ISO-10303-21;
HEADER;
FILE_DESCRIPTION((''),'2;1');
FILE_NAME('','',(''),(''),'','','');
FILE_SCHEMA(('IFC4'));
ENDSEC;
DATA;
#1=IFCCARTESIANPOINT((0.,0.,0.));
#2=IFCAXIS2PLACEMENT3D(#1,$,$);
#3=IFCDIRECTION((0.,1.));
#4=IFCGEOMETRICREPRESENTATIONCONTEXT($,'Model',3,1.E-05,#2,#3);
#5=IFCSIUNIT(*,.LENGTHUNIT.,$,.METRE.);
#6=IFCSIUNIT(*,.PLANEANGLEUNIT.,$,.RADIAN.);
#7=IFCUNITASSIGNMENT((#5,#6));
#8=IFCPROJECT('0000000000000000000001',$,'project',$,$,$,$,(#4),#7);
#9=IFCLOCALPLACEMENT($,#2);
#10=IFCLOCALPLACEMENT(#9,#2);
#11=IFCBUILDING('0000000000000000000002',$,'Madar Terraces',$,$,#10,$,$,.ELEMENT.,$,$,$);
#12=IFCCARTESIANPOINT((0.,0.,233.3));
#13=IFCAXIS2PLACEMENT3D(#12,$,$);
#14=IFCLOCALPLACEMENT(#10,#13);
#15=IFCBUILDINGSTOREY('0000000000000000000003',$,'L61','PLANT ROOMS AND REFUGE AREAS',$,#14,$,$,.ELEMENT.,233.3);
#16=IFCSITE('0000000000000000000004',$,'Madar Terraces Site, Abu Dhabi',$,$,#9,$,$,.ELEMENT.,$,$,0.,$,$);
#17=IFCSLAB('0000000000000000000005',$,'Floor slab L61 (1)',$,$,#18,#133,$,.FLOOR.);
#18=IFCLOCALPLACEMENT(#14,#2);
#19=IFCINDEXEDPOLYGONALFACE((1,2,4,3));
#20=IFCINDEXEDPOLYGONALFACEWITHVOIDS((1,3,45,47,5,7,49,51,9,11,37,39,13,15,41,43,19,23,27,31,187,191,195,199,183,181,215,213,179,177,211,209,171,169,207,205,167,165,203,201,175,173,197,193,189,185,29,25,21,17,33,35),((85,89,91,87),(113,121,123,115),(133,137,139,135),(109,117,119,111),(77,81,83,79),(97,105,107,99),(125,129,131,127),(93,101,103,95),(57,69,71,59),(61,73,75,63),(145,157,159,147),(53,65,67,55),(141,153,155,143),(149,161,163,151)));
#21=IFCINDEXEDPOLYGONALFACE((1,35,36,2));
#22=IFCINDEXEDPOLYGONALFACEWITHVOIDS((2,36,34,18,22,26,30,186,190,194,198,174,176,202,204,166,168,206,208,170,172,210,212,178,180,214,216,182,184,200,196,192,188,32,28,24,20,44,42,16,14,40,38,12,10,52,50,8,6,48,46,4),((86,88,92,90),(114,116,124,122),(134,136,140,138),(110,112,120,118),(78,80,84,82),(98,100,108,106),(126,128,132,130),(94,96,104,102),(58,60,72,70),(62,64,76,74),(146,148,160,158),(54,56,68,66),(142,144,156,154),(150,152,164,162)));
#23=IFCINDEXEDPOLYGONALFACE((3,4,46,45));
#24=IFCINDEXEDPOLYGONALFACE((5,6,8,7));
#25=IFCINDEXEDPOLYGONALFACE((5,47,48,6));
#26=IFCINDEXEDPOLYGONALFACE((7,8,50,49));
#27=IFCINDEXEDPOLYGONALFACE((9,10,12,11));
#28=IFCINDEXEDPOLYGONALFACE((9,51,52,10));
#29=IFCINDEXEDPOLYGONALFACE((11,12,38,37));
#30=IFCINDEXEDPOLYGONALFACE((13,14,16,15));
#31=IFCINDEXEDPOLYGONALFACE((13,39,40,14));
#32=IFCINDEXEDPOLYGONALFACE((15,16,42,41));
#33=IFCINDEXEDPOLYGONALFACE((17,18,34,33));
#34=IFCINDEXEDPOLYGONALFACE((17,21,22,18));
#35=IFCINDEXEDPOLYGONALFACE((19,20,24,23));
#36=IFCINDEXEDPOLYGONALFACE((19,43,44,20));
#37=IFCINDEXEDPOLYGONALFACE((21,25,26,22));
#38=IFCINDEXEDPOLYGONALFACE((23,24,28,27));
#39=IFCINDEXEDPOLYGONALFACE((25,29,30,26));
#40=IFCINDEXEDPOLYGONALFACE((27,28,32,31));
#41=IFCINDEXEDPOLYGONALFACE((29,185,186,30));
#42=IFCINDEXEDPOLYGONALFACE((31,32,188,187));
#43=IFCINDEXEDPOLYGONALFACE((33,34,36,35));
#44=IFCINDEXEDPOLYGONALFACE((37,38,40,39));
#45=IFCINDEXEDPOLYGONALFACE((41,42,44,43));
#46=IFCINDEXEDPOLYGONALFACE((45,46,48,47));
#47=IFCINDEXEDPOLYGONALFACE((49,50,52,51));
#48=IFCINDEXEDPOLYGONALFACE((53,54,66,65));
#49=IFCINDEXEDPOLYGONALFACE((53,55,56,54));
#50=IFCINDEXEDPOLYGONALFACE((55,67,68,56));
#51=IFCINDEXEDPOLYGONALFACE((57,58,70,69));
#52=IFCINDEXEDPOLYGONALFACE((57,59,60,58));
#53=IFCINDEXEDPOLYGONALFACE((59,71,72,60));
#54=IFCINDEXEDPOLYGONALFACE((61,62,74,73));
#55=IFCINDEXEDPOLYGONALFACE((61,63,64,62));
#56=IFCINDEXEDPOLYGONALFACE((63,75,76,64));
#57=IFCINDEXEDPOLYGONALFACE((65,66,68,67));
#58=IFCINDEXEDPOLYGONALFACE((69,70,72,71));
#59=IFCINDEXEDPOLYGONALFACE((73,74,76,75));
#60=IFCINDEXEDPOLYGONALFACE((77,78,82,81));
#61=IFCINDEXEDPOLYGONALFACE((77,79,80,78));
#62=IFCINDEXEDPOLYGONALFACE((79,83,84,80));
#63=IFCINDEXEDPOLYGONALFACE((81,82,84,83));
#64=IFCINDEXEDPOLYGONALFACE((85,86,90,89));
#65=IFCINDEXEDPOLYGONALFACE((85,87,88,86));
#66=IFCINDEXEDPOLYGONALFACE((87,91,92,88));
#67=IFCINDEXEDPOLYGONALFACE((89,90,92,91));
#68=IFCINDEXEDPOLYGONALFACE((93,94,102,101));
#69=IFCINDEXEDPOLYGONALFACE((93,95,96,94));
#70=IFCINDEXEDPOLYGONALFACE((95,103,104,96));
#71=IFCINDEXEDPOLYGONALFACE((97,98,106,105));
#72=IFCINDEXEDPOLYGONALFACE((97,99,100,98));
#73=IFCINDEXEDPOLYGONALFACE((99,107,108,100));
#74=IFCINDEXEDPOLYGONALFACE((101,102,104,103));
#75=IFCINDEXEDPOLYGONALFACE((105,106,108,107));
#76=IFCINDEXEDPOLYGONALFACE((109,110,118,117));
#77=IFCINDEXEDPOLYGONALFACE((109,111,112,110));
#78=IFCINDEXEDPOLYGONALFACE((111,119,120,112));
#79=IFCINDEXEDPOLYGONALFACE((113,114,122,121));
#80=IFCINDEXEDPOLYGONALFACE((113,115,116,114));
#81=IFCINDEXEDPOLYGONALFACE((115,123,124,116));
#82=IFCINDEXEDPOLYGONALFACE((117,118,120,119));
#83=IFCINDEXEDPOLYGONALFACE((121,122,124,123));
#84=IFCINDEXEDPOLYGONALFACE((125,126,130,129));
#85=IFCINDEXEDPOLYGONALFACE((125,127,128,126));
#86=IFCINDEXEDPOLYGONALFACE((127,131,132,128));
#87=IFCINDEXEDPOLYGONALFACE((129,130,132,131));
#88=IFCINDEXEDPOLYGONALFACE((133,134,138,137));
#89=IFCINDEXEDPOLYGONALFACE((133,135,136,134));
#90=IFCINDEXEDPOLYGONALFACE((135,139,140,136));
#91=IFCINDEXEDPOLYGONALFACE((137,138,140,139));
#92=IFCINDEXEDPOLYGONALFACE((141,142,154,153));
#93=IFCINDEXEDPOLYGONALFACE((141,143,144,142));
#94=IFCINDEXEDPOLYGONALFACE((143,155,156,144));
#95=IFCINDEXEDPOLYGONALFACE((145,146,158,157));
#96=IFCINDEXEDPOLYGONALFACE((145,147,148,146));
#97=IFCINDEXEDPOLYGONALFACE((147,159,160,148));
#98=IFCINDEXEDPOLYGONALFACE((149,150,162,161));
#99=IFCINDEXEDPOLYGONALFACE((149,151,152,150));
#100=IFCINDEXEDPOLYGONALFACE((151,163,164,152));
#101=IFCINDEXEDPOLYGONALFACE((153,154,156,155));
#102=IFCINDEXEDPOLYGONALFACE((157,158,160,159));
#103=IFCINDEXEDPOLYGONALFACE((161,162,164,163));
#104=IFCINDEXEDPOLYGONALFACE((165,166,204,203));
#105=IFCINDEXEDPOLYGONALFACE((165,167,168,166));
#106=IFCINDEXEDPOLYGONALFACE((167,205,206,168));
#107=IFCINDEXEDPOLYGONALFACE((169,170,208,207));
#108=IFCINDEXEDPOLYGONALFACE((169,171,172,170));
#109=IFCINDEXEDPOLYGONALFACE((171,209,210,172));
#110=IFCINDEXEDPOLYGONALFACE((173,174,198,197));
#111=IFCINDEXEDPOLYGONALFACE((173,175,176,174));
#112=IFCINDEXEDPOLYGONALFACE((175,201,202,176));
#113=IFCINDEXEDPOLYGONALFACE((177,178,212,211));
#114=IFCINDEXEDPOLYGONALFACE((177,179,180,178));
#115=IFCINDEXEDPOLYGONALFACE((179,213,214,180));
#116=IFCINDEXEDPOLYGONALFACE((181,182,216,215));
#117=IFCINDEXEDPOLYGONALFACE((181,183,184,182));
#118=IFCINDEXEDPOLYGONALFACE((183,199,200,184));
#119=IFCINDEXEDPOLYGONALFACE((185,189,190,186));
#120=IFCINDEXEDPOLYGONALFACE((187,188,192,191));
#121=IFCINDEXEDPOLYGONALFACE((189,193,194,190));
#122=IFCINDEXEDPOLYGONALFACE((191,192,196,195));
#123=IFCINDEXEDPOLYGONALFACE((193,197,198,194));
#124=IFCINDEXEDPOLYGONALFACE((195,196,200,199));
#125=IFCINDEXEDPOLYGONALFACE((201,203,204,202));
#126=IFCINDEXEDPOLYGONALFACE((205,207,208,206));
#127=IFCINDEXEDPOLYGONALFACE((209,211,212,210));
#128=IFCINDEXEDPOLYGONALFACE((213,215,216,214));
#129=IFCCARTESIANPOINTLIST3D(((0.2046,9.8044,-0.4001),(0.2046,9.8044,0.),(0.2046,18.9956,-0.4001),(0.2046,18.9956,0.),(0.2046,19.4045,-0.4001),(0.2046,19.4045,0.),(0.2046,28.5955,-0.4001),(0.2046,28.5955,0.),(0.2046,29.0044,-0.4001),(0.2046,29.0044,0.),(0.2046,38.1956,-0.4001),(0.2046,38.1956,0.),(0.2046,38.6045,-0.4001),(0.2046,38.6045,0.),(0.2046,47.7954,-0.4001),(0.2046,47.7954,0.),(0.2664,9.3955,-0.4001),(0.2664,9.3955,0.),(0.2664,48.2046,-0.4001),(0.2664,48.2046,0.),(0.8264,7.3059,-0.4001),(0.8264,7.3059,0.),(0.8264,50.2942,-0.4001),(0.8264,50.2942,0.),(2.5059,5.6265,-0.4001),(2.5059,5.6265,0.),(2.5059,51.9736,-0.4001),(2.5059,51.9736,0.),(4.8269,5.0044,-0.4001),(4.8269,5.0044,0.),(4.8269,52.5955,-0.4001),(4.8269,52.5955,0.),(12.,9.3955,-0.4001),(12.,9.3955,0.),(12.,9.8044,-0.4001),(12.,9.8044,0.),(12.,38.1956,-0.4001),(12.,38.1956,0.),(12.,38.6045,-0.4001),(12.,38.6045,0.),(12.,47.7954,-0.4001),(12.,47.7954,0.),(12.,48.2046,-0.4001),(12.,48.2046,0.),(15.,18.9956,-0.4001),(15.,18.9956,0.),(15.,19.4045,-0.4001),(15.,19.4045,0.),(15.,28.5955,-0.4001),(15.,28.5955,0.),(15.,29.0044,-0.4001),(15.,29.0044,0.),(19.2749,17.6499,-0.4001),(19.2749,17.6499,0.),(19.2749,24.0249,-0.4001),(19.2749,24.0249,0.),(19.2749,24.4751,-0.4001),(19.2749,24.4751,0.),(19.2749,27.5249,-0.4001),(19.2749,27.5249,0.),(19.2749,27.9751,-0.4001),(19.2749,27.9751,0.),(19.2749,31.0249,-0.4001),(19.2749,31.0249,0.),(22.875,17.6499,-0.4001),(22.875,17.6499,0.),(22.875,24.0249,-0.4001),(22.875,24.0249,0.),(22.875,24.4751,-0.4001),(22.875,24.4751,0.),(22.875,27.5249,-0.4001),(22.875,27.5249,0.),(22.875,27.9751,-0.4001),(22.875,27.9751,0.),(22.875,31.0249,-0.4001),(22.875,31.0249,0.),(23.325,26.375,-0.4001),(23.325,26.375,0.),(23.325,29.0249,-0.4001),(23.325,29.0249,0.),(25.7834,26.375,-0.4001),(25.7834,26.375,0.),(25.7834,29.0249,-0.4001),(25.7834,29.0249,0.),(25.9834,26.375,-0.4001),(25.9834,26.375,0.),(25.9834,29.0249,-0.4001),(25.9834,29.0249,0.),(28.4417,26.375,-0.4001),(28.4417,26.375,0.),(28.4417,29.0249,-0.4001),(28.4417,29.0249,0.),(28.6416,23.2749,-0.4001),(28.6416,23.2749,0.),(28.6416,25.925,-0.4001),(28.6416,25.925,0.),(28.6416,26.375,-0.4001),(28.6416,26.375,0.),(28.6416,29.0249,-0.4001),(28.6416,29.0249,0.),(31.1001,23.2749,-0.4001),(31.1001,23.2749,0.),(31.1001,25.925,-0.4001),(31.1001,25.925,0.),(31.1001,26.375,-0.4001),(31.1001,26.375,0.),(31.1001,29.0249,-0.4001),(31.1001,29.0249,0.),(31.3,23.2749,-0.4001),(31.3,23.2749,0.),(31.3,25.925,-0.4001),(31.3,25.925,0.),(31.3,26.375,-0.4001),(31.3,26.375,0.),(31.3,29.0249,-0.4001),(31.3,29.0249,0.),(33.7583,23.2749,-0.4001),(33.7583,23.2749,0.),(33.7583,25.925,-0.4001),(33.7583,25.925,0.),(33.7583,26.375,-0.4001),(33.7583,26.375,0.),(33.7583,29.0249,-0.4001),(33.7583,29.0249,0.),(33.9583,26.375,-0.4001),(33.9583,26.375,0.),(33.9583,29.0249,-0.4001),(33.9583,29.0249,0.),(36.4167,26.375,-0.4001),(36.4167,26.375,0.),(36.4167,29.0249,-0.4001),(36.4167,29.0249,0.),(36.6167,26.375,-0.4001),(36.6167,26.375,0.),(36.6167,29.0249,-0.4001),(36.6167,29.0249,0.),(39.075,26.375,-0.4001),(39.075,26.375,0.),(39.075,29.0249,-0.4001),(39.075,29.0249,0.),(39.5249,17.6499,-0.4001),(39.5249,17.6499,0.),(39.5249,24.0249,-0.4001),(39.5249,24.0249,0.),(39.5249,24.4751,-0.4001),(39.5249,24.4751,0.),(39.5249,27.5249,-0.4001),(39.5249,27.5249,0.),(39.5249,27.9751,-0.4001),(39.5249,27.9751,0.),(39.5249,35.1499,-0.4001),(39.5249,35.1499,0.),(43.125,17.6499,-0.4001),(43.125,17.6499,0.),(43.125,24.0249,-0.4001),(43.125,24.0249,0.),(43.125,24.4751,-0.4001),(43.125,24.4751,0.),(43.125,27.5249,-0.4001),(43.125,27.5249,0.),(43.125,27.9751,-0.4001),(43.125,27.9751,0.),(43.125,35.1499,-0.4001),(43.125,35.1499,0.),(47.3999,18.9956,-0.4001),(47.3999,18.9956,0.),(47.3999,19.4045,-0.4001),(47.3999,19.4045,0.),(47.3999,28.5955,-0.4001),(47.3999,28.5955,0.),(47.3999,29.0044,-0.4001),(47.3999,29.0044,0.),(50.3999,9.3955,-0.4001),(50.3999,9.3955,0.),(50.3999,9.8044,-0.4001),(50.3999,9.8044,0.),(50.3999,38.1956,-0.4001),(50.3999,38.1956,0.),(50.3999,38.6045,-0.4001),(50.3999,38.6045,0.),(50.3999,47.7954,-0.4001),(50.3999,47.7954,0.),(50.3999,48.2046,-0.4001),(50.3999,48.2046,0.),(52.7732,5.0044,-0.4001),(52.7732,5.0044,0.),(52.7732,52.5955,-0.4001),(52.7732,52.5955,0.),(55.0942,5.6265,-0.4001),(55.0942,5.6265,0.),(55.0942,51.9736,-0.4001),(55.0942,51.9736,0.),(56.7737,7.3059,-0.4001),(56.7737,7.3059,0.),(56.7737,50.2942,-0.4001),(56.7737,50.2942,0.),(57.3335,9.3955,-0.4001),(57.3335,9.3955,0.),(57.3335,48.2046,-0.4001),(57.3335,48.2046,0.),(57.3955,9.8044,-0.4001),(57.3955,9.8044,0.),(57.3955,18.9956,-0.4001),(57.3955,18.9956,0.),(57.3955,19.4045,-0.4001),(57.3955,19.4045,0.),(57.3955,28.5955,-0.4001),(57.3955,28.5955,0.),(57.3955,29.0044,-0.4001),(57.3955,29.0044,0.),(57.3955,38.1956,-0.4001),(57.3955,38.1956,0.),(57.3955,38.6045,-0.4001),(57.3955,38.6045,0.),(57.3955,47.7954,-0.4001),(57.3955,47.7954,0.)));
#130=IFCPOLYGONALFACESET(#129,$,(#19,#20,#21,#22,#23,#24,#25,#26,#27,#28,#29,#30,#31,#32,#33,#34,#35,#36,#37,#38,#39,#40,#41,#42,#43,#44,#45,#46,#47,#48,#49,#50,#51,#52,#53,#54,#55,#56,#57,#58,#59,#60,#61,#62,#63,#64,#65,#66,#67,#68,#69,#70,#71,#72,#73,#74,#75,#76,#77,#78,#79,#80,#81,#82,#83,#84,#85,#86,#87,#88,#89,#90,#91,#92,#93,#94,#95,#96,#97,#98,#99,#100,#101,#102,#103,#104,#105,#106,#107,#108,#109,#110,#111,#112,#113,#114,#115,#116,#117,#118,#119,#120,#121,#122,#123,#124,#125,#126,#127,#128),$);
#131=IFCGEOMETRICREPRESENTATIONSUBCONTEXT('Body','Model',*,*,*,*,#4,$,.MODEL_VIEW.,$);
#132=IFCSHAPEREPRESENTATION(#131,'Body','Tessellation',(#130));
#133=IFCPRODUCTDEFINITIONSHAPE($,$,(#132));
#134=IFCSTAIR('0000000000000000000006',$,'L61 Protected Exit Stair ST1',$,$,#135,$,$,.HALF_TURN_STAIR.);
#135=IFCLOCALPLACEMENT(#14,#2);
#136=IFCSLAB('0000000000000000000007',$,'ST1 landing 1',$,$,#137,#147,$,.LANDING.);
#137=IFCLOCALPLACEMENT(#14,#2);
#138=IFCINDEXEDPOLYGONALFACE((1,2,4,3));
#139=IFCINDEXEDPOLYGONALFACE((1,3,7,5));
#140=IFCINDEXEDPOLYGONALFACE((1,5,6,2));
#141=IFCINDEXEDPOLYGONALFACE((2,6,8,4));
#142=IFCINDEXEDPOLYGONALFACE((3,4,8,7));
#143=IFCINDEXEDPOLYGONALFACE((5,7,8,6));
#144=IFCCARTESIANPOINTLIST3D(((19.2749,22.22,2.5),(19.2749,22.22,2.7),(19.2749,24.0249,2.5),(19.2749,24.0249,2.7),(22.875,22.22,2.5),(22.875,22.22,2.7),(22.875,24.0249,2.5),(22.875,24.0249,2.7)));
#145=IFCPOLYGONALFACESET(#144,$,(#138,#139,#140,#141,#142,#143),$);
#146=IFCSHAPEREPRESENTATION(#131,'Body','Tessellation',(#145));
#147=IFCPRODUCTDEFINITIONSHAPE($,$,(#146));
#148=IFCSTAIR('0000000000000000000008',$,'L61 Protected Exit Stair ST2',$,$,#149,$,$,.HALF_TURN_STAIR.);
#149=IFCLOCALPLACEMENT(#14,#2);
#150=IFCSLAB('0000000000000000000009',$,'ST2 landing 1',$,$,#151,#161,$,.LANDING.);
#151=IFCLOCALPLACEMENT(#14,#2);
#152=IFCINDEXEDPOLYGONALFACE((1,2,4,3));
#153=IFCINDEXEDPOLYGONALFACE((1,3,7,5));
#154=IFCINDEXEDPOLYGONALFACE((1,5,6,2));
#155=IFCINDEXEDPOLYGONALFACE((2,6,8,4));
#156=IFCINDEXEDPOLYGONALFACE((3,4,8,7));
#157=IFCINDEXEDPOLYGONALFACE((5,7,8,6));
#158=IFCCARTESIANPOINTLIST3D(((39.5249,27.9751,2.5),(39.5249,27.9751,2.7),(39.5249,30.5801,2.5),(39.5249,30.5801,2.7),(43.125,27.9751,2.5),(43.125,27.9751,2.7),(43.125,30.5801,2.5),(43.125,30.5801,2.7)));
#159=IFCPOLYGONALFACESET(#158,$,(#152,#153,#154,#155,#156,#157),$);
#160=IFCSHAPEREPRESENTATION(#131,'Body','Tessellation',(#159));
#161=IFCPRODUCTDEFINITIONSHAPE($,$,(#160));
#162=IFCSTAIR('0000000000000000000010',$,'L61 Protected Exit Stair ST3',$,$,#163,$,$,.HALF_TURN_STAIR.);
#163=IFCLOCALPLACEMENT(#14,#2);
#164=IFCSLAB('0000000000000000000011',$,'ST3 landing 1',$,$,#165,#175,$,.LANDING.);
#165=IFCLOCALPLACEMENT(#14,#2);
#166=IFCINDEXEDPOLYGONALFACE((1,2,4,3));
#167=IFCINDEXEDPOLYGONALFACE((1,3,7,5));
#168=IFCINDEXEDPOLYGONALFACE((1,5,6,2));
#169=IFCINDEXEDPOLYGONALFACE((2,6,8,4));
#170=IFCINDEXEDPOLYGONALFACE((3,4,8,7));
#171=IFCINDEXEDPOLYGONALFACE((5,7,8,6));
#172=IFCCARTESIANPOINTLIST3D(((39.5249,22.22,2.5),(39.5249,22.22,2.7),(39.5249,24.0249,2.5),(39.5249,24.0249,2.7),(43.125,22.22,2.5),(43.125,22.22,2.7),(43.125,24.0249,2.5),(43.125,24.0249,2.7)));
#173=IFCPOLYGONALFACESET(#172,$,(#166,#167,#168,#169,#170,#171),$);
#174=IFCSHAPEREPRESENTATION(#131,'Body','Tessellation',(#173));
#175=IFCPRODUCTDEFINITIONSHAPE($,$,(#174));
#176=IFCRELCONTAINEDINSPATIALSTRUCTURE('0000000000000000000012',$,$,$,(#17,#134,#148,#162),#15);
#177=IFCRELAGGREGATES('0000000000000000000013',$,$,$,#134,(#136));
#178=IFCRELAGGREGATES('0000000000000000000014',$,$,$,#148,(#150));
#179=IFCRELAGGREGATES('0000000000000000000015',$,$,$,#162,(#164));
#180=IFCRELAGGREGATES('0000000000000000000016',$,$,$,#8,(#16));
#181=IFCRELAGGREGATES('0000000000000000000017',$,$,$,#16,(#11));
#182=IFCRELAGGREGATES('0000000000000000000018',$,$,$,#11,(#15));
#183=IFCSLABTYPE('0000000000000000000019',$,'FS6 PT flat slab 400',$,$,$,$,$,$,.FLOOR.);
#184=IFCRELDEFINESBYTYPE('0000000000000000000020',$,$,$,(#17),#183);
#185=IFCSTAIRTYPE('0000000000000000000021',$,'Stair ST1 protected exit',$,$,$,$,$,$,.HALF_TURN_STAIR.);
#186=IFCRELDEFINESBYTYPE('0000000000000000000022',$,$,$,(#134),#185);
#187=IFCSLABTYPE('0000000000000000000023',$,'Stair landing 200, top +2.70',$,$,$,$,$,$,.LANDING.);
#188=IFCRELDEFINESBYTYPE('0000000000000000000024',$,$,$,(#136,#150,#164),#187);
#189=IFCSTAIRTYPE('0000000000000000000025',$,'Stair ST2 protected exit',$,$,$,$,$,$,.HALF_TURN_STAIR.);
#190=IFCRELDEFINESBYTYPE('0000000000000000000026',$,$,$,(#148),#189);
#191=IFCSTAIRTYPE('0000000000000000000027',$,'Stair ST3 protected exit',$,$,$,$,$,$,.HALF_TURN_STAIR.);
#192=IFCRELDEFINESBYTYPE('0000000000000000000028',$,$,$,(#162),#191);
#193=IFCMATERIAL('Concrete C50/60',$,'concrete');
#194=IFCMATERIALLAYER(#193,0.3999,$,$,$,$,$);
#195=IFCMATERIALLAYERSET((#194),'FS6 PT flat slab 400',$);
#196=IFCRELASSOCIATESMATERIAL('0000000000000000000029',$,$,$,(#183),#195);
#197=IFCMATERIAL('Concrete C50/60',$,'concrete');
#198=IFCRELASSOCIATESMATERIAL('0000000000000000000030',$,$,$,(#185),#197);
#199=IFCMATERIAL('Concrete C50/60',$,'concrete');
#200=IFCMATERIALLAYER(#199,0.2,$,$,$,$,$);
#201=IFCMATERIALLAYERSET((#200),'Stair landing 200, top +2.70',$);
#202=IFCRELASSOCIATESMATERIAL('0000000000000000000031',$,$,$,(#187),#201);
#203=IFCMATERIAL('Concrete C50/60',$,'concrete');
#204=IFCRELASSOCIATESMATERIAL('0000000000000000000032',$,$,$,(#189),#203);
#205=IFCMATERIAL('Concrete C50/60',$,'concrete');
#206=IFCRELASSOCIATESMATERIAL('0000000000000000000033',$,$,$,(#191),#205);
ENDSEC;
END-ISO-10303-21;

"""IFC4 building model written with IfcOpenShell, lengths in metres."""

from ifc_helpers import new_model, si_unit, direction, frame, origin, place, context, subcontext, project, spatial, polyline, outline, extrude, material, layer, layer_set, type_object, element, aggregate, save


model = new_model("IFC4")

# Units and contexts
model_context = context("Model", 3, precision=1e-05, world=origin(), true_north=direction((0.0, 1.0)))
body_context = subcontext(model_context, "Body", "Model", "MODEL_VIEW")
ifc_project = project(units=[si_unit("LENGTHUNIT", "METRE"), si_unit("PLANEANGLEUNIT", "RADIAN")], contexts=[model_context])

# Site, building, storey
site_placement = place(None, origin())
site = spatial("IfcSite", under=ifc_project, at=site_placement, Name="Madar Terraces Site, Abu Dhabi", CompositionType="ELEMENT", RefElevation=0.0)
building_placement = place(site_placement, origin())
building = spatial("IfcBuilding", under=site, at=building_placement, Name="Madar Terraces", CompositionType="ELEMENT")
storey_placement = place(building_placement, frame((0.0, 0.0, 233.3)))
storey = spatial("IfcBuildingStorey", under=building, at=storey_placement, Name="L61", Description="PLANT ROOMS AND REFUGE AREAS", CompositionType="ELEMENT", Elevation=233.3)

# Slab
ifc_material_1 = material(Name="Concrete C50/60", Category="concrete")
ifc_layer_1 = layer(ifc_material_1, 0.3999)
ifc_layer_set_1 = layer_set([ifc_layer_1], Name="FS6 PT flat slab 400")
slab_type_1 = type_object("IfcSlabType", Name="FS6 PT flat slab 400", PredefinedType="FLOOR", material=ifc_layer_set_1)
slab_1_placement = place(storey_placement, frame((0.0, 0.0, -0.4001)))
element("IfcSlab", 1, at=slab_1_placement, inside=storey, type_object=slab_type_1, Name="Floor slab L61 (1)", PredefinedType="FLOOR", context=body_context, shape_type="SweptSolid", body=[
    extrude(outline(polyline([(4.8269, 5.0044), (52.7732, 5.0044), (55.0942, 5.6265), (56.7737, 7.3059), (57.3335, 9.3955), (50.3999, 9.3955), (50.3999, 9.8044), (57.3955, 9.8044), (57.3955, 18.9956), (47.3999, 18.9956), (47.3999, 19.4045), (57.3955, 19.4045), (57.3955, 28.5955), (47.3999, 28.5955), (47.3999, 29.0044), (57.3955, 29.0044), (57.3955, 38.1956), (50.3999, 38.1956), (50.3999, 38.6045), (57.3955, 38.6045), (57.3955, 47.7954), (50.3999, 47.7954), (50.3999, 48.2046), (57.3335, 48.2046), (56.7737, 50.2942), (55.0942, 51.9736), (52.7732, 52.5955), (4.8269, 52.5955), (2.5059, 51.9736), (0.8264, 50.2942), (0.2664, 48.2046), (12.0, 48.2046), (12.0, 47.7954), (0.2046, 47.7954), (0.2046, 38.6045), (12.0, 38.6045), (12.0, 38.1956), (0.2046, 38.1956), (0.2046, 29.0044), (15.0, 29.0044), (15.0, 28.5955), (0.2046, 28.5955), (0.2046, 19.4045), (15.0, 19.4045), (15.0, 18.9956), (0.2046, 18.9956), (0.2046, 9.8044), (12.0, 9.8044), (12.0, 9.3955), (0.2664, 9.3955), (0.8264, 7.3059), (2.5059, 5.6265), (4.8269, 5.0044)]), holes=[polyline([(22.875, 17.6499), (19.2749, 17.6499), (19.2749, 24.0249), (22.875, 24.0249), (22.875, 17.6499)]), polyline([(28.6416, 23.2749), (28.6416, 25.925), (31.1001, 25.925), (31.1001, 23.2749), (28.6416, 23.2749)]), polyline([(19.2749, 24.4751), (19.2749, 27.5249), (22.875, 27.5249), (22.875, 24.4751), (19.2749, 24.4751)]), polyline([(23.325, 26.375), (23.325, 29.0249), (25.7834, 29.0249), (25.7834, 26.375), (23.325, 26.375)]), polyline([(25.9834, 26.375), (25.9834, 29.0249), (28.4417, 29.0249), (28.4417, 26.375), (25.9834, 26.375)]), polyline([(28.6416, 26.375), (28.6416, 29.0249), (31.1001, 29.0249), (31.1001, 26.375), (28.6416, 26.375)]), polyline([(19.2749, 27.9751), (19.2749, 31.0249), (22.875, 31.0249), (22.875, 27.9751), (19.2749, 27.9751)]), polyline([(43.125, 17.6499), (39.5249, 17.6499), (39.5249, 24.0249), (43.125, 24.0249), (43.125, 17.6499)]), polyline([(31.3, 23.2749), (31.3, 25.925), (33.7583, 25.925), (33.7583, 23.2749), (31.3, 23.2749)]), polyline([(39.5249, 24.4751), (39.5249, 27.5249), (43.125, 27.5249), (43.125, 24.4751), (39.5249, 24.4751)]), polyline([(31.3, 26.375), (31.3, 29.0249), (33.7583, 29.0249), (33.7583, 26.375), (31.3, 26.375)]), polyline([(33.9583, 26.375), (33.9583, 29.0249), (36.4167, 29.0249), (36.4167, 26.375), (33.9583, 26.375)]), polyline([(36.6167, 26.375), (36.6167, 29.0249), (39.075, 29.0249), (39.075, 26.375), (36.6167, 26.375)]), polyline([(39.5249, 27.9751), (39.5249, 35.1499), (43.125, 35.1499), (43.125, 27.9751), (39.5249, 27.9751)])]), origin(), (0.0, 0.0, 1.0), 0.4001),
])

# Stairs, slabs
ifc_material_2 = material(Name="Concrete C50/60", Category="concrete")
stair_type_1 = type_object("IfcStairType", Name="Stair ST1 protected exit", PredefinedType="HALF_TURN_STAIR", material=ifc_material_2)
stair_1_placement = place(storey_placement, origin())
stair_1 = element("IfcStair", 2, at=stair_1_placement, inside=storey, type_object=stair_type_1, Name="L61 Protected Exit Stair ST1", PredefinedType="HALF_TURN_STAIR")
ifc_material_3 = material(Name="Concrete C50/60", Category="concrete")
ifc_layer_2 = layer(ifc_material_3, 0.2)
ifc_layer_set_2 = layer_set([ifc_layer_2], Name="Stair landing 200, top +2.70")
slab_type_2 = type_object("IfcSlabType", Name="Stair landing 200, top +2.70", PredefinedType="LANDING", material=ifc_layer_set_2)
slab_2_placement = place(storey_placement, frame((0.0, 0.0, 2.5)))
slab_2 = element("IfcSlab", 3, at=slab_2_placement, type_object=slab_type_2, Name="ST1 landing 1", PredefinedType="LANDING", context=body_context, shape_type="SweptSolid", body=[
    extrude(outline(polyline([(19.2749, 22.22), (22.875, 22.22), (22.875, 24.0249), (19.2749, 24.0249), (19.2749, 22.22)])), origin(), (0.0, 0.0, 1.0), 0.2),
])
aggregate(stair_1, [slab_2])
ifc_material_4 = material(Name="Concrete C50/60", Category="concrete")
stair_type_2 = type_object("IfcStairType", Name="Stair ST2 protected exit", PredefinedType="HALF_TURN_STAIR", material=ifc_material_4)
stair_2_placement = place(storey_placement, origin())
stair_2 = element("IfcStair", 4, at=stair_2_placement, inside=storey, type_object=stair_type_2, Name="L61 Protected Exit Stair ST2", PredefinedType="HALF_TURN_STAIR")
slab_3_placement = place(storey_placement, frame((0.0, 0.0, 2.5)))
slab_3 = element("IfcSlab", 5, at=slab_3_placement, type_object=slab_type_2, Name="ST2 landing 1", PredefinedType="LANDING", context=body_context, shape_type="SweptSolid", body=[
    extrude(outline(polyline([(39.5249, 27.9751), (43.125, 27.9751), (43.125, 30.5801), (39.5249, 30.5801), (39.5249, 27.9751)])), origin(), (0.0, 0.0, 1.0), 0.2),
])
aggregate(stair_2, [slab_3])
ifc_material_5 = material(Name="Concrete C50/60", Category="concrete")
stair_type_3 = type_object("IfcStairType", Name="Stair ST3 protected exit", PredefinedType="HALF_TURN_STAIR", material=ifc_material_5)
stair_3_placement = place(storey_placement, origin())
stair_3 = element("IfcStair", 6, at=stair_3_placement, inside=storey, type_object=stair_type_3, Name="L61 Protected Exit Stair ST3", PredefinedType="HALF_TURN_STAIR")
slab_4_placement = place(storey_placement, frame((0.0, 0.0, 2.5)))
slab_4 = element("IfcSlab", 7, at=slab_4_placement, type_object=slab_type_2, Name="ST3 landing 1", PredefinedType="LANDING", context=body_context, shape_type="SweptSolid", body=[
    extrude(outline(polyline([(39.5249, 22.22), (43.125, 22.22), (43.125, 24.0249), (39.5249, 24.0249), (39.5249, 22.22)])), origin(), (0.0, 0.0, 1.0), 0.2),
])
aggregate(stair_3, [slab_4])

save(model, "model.ifc")
